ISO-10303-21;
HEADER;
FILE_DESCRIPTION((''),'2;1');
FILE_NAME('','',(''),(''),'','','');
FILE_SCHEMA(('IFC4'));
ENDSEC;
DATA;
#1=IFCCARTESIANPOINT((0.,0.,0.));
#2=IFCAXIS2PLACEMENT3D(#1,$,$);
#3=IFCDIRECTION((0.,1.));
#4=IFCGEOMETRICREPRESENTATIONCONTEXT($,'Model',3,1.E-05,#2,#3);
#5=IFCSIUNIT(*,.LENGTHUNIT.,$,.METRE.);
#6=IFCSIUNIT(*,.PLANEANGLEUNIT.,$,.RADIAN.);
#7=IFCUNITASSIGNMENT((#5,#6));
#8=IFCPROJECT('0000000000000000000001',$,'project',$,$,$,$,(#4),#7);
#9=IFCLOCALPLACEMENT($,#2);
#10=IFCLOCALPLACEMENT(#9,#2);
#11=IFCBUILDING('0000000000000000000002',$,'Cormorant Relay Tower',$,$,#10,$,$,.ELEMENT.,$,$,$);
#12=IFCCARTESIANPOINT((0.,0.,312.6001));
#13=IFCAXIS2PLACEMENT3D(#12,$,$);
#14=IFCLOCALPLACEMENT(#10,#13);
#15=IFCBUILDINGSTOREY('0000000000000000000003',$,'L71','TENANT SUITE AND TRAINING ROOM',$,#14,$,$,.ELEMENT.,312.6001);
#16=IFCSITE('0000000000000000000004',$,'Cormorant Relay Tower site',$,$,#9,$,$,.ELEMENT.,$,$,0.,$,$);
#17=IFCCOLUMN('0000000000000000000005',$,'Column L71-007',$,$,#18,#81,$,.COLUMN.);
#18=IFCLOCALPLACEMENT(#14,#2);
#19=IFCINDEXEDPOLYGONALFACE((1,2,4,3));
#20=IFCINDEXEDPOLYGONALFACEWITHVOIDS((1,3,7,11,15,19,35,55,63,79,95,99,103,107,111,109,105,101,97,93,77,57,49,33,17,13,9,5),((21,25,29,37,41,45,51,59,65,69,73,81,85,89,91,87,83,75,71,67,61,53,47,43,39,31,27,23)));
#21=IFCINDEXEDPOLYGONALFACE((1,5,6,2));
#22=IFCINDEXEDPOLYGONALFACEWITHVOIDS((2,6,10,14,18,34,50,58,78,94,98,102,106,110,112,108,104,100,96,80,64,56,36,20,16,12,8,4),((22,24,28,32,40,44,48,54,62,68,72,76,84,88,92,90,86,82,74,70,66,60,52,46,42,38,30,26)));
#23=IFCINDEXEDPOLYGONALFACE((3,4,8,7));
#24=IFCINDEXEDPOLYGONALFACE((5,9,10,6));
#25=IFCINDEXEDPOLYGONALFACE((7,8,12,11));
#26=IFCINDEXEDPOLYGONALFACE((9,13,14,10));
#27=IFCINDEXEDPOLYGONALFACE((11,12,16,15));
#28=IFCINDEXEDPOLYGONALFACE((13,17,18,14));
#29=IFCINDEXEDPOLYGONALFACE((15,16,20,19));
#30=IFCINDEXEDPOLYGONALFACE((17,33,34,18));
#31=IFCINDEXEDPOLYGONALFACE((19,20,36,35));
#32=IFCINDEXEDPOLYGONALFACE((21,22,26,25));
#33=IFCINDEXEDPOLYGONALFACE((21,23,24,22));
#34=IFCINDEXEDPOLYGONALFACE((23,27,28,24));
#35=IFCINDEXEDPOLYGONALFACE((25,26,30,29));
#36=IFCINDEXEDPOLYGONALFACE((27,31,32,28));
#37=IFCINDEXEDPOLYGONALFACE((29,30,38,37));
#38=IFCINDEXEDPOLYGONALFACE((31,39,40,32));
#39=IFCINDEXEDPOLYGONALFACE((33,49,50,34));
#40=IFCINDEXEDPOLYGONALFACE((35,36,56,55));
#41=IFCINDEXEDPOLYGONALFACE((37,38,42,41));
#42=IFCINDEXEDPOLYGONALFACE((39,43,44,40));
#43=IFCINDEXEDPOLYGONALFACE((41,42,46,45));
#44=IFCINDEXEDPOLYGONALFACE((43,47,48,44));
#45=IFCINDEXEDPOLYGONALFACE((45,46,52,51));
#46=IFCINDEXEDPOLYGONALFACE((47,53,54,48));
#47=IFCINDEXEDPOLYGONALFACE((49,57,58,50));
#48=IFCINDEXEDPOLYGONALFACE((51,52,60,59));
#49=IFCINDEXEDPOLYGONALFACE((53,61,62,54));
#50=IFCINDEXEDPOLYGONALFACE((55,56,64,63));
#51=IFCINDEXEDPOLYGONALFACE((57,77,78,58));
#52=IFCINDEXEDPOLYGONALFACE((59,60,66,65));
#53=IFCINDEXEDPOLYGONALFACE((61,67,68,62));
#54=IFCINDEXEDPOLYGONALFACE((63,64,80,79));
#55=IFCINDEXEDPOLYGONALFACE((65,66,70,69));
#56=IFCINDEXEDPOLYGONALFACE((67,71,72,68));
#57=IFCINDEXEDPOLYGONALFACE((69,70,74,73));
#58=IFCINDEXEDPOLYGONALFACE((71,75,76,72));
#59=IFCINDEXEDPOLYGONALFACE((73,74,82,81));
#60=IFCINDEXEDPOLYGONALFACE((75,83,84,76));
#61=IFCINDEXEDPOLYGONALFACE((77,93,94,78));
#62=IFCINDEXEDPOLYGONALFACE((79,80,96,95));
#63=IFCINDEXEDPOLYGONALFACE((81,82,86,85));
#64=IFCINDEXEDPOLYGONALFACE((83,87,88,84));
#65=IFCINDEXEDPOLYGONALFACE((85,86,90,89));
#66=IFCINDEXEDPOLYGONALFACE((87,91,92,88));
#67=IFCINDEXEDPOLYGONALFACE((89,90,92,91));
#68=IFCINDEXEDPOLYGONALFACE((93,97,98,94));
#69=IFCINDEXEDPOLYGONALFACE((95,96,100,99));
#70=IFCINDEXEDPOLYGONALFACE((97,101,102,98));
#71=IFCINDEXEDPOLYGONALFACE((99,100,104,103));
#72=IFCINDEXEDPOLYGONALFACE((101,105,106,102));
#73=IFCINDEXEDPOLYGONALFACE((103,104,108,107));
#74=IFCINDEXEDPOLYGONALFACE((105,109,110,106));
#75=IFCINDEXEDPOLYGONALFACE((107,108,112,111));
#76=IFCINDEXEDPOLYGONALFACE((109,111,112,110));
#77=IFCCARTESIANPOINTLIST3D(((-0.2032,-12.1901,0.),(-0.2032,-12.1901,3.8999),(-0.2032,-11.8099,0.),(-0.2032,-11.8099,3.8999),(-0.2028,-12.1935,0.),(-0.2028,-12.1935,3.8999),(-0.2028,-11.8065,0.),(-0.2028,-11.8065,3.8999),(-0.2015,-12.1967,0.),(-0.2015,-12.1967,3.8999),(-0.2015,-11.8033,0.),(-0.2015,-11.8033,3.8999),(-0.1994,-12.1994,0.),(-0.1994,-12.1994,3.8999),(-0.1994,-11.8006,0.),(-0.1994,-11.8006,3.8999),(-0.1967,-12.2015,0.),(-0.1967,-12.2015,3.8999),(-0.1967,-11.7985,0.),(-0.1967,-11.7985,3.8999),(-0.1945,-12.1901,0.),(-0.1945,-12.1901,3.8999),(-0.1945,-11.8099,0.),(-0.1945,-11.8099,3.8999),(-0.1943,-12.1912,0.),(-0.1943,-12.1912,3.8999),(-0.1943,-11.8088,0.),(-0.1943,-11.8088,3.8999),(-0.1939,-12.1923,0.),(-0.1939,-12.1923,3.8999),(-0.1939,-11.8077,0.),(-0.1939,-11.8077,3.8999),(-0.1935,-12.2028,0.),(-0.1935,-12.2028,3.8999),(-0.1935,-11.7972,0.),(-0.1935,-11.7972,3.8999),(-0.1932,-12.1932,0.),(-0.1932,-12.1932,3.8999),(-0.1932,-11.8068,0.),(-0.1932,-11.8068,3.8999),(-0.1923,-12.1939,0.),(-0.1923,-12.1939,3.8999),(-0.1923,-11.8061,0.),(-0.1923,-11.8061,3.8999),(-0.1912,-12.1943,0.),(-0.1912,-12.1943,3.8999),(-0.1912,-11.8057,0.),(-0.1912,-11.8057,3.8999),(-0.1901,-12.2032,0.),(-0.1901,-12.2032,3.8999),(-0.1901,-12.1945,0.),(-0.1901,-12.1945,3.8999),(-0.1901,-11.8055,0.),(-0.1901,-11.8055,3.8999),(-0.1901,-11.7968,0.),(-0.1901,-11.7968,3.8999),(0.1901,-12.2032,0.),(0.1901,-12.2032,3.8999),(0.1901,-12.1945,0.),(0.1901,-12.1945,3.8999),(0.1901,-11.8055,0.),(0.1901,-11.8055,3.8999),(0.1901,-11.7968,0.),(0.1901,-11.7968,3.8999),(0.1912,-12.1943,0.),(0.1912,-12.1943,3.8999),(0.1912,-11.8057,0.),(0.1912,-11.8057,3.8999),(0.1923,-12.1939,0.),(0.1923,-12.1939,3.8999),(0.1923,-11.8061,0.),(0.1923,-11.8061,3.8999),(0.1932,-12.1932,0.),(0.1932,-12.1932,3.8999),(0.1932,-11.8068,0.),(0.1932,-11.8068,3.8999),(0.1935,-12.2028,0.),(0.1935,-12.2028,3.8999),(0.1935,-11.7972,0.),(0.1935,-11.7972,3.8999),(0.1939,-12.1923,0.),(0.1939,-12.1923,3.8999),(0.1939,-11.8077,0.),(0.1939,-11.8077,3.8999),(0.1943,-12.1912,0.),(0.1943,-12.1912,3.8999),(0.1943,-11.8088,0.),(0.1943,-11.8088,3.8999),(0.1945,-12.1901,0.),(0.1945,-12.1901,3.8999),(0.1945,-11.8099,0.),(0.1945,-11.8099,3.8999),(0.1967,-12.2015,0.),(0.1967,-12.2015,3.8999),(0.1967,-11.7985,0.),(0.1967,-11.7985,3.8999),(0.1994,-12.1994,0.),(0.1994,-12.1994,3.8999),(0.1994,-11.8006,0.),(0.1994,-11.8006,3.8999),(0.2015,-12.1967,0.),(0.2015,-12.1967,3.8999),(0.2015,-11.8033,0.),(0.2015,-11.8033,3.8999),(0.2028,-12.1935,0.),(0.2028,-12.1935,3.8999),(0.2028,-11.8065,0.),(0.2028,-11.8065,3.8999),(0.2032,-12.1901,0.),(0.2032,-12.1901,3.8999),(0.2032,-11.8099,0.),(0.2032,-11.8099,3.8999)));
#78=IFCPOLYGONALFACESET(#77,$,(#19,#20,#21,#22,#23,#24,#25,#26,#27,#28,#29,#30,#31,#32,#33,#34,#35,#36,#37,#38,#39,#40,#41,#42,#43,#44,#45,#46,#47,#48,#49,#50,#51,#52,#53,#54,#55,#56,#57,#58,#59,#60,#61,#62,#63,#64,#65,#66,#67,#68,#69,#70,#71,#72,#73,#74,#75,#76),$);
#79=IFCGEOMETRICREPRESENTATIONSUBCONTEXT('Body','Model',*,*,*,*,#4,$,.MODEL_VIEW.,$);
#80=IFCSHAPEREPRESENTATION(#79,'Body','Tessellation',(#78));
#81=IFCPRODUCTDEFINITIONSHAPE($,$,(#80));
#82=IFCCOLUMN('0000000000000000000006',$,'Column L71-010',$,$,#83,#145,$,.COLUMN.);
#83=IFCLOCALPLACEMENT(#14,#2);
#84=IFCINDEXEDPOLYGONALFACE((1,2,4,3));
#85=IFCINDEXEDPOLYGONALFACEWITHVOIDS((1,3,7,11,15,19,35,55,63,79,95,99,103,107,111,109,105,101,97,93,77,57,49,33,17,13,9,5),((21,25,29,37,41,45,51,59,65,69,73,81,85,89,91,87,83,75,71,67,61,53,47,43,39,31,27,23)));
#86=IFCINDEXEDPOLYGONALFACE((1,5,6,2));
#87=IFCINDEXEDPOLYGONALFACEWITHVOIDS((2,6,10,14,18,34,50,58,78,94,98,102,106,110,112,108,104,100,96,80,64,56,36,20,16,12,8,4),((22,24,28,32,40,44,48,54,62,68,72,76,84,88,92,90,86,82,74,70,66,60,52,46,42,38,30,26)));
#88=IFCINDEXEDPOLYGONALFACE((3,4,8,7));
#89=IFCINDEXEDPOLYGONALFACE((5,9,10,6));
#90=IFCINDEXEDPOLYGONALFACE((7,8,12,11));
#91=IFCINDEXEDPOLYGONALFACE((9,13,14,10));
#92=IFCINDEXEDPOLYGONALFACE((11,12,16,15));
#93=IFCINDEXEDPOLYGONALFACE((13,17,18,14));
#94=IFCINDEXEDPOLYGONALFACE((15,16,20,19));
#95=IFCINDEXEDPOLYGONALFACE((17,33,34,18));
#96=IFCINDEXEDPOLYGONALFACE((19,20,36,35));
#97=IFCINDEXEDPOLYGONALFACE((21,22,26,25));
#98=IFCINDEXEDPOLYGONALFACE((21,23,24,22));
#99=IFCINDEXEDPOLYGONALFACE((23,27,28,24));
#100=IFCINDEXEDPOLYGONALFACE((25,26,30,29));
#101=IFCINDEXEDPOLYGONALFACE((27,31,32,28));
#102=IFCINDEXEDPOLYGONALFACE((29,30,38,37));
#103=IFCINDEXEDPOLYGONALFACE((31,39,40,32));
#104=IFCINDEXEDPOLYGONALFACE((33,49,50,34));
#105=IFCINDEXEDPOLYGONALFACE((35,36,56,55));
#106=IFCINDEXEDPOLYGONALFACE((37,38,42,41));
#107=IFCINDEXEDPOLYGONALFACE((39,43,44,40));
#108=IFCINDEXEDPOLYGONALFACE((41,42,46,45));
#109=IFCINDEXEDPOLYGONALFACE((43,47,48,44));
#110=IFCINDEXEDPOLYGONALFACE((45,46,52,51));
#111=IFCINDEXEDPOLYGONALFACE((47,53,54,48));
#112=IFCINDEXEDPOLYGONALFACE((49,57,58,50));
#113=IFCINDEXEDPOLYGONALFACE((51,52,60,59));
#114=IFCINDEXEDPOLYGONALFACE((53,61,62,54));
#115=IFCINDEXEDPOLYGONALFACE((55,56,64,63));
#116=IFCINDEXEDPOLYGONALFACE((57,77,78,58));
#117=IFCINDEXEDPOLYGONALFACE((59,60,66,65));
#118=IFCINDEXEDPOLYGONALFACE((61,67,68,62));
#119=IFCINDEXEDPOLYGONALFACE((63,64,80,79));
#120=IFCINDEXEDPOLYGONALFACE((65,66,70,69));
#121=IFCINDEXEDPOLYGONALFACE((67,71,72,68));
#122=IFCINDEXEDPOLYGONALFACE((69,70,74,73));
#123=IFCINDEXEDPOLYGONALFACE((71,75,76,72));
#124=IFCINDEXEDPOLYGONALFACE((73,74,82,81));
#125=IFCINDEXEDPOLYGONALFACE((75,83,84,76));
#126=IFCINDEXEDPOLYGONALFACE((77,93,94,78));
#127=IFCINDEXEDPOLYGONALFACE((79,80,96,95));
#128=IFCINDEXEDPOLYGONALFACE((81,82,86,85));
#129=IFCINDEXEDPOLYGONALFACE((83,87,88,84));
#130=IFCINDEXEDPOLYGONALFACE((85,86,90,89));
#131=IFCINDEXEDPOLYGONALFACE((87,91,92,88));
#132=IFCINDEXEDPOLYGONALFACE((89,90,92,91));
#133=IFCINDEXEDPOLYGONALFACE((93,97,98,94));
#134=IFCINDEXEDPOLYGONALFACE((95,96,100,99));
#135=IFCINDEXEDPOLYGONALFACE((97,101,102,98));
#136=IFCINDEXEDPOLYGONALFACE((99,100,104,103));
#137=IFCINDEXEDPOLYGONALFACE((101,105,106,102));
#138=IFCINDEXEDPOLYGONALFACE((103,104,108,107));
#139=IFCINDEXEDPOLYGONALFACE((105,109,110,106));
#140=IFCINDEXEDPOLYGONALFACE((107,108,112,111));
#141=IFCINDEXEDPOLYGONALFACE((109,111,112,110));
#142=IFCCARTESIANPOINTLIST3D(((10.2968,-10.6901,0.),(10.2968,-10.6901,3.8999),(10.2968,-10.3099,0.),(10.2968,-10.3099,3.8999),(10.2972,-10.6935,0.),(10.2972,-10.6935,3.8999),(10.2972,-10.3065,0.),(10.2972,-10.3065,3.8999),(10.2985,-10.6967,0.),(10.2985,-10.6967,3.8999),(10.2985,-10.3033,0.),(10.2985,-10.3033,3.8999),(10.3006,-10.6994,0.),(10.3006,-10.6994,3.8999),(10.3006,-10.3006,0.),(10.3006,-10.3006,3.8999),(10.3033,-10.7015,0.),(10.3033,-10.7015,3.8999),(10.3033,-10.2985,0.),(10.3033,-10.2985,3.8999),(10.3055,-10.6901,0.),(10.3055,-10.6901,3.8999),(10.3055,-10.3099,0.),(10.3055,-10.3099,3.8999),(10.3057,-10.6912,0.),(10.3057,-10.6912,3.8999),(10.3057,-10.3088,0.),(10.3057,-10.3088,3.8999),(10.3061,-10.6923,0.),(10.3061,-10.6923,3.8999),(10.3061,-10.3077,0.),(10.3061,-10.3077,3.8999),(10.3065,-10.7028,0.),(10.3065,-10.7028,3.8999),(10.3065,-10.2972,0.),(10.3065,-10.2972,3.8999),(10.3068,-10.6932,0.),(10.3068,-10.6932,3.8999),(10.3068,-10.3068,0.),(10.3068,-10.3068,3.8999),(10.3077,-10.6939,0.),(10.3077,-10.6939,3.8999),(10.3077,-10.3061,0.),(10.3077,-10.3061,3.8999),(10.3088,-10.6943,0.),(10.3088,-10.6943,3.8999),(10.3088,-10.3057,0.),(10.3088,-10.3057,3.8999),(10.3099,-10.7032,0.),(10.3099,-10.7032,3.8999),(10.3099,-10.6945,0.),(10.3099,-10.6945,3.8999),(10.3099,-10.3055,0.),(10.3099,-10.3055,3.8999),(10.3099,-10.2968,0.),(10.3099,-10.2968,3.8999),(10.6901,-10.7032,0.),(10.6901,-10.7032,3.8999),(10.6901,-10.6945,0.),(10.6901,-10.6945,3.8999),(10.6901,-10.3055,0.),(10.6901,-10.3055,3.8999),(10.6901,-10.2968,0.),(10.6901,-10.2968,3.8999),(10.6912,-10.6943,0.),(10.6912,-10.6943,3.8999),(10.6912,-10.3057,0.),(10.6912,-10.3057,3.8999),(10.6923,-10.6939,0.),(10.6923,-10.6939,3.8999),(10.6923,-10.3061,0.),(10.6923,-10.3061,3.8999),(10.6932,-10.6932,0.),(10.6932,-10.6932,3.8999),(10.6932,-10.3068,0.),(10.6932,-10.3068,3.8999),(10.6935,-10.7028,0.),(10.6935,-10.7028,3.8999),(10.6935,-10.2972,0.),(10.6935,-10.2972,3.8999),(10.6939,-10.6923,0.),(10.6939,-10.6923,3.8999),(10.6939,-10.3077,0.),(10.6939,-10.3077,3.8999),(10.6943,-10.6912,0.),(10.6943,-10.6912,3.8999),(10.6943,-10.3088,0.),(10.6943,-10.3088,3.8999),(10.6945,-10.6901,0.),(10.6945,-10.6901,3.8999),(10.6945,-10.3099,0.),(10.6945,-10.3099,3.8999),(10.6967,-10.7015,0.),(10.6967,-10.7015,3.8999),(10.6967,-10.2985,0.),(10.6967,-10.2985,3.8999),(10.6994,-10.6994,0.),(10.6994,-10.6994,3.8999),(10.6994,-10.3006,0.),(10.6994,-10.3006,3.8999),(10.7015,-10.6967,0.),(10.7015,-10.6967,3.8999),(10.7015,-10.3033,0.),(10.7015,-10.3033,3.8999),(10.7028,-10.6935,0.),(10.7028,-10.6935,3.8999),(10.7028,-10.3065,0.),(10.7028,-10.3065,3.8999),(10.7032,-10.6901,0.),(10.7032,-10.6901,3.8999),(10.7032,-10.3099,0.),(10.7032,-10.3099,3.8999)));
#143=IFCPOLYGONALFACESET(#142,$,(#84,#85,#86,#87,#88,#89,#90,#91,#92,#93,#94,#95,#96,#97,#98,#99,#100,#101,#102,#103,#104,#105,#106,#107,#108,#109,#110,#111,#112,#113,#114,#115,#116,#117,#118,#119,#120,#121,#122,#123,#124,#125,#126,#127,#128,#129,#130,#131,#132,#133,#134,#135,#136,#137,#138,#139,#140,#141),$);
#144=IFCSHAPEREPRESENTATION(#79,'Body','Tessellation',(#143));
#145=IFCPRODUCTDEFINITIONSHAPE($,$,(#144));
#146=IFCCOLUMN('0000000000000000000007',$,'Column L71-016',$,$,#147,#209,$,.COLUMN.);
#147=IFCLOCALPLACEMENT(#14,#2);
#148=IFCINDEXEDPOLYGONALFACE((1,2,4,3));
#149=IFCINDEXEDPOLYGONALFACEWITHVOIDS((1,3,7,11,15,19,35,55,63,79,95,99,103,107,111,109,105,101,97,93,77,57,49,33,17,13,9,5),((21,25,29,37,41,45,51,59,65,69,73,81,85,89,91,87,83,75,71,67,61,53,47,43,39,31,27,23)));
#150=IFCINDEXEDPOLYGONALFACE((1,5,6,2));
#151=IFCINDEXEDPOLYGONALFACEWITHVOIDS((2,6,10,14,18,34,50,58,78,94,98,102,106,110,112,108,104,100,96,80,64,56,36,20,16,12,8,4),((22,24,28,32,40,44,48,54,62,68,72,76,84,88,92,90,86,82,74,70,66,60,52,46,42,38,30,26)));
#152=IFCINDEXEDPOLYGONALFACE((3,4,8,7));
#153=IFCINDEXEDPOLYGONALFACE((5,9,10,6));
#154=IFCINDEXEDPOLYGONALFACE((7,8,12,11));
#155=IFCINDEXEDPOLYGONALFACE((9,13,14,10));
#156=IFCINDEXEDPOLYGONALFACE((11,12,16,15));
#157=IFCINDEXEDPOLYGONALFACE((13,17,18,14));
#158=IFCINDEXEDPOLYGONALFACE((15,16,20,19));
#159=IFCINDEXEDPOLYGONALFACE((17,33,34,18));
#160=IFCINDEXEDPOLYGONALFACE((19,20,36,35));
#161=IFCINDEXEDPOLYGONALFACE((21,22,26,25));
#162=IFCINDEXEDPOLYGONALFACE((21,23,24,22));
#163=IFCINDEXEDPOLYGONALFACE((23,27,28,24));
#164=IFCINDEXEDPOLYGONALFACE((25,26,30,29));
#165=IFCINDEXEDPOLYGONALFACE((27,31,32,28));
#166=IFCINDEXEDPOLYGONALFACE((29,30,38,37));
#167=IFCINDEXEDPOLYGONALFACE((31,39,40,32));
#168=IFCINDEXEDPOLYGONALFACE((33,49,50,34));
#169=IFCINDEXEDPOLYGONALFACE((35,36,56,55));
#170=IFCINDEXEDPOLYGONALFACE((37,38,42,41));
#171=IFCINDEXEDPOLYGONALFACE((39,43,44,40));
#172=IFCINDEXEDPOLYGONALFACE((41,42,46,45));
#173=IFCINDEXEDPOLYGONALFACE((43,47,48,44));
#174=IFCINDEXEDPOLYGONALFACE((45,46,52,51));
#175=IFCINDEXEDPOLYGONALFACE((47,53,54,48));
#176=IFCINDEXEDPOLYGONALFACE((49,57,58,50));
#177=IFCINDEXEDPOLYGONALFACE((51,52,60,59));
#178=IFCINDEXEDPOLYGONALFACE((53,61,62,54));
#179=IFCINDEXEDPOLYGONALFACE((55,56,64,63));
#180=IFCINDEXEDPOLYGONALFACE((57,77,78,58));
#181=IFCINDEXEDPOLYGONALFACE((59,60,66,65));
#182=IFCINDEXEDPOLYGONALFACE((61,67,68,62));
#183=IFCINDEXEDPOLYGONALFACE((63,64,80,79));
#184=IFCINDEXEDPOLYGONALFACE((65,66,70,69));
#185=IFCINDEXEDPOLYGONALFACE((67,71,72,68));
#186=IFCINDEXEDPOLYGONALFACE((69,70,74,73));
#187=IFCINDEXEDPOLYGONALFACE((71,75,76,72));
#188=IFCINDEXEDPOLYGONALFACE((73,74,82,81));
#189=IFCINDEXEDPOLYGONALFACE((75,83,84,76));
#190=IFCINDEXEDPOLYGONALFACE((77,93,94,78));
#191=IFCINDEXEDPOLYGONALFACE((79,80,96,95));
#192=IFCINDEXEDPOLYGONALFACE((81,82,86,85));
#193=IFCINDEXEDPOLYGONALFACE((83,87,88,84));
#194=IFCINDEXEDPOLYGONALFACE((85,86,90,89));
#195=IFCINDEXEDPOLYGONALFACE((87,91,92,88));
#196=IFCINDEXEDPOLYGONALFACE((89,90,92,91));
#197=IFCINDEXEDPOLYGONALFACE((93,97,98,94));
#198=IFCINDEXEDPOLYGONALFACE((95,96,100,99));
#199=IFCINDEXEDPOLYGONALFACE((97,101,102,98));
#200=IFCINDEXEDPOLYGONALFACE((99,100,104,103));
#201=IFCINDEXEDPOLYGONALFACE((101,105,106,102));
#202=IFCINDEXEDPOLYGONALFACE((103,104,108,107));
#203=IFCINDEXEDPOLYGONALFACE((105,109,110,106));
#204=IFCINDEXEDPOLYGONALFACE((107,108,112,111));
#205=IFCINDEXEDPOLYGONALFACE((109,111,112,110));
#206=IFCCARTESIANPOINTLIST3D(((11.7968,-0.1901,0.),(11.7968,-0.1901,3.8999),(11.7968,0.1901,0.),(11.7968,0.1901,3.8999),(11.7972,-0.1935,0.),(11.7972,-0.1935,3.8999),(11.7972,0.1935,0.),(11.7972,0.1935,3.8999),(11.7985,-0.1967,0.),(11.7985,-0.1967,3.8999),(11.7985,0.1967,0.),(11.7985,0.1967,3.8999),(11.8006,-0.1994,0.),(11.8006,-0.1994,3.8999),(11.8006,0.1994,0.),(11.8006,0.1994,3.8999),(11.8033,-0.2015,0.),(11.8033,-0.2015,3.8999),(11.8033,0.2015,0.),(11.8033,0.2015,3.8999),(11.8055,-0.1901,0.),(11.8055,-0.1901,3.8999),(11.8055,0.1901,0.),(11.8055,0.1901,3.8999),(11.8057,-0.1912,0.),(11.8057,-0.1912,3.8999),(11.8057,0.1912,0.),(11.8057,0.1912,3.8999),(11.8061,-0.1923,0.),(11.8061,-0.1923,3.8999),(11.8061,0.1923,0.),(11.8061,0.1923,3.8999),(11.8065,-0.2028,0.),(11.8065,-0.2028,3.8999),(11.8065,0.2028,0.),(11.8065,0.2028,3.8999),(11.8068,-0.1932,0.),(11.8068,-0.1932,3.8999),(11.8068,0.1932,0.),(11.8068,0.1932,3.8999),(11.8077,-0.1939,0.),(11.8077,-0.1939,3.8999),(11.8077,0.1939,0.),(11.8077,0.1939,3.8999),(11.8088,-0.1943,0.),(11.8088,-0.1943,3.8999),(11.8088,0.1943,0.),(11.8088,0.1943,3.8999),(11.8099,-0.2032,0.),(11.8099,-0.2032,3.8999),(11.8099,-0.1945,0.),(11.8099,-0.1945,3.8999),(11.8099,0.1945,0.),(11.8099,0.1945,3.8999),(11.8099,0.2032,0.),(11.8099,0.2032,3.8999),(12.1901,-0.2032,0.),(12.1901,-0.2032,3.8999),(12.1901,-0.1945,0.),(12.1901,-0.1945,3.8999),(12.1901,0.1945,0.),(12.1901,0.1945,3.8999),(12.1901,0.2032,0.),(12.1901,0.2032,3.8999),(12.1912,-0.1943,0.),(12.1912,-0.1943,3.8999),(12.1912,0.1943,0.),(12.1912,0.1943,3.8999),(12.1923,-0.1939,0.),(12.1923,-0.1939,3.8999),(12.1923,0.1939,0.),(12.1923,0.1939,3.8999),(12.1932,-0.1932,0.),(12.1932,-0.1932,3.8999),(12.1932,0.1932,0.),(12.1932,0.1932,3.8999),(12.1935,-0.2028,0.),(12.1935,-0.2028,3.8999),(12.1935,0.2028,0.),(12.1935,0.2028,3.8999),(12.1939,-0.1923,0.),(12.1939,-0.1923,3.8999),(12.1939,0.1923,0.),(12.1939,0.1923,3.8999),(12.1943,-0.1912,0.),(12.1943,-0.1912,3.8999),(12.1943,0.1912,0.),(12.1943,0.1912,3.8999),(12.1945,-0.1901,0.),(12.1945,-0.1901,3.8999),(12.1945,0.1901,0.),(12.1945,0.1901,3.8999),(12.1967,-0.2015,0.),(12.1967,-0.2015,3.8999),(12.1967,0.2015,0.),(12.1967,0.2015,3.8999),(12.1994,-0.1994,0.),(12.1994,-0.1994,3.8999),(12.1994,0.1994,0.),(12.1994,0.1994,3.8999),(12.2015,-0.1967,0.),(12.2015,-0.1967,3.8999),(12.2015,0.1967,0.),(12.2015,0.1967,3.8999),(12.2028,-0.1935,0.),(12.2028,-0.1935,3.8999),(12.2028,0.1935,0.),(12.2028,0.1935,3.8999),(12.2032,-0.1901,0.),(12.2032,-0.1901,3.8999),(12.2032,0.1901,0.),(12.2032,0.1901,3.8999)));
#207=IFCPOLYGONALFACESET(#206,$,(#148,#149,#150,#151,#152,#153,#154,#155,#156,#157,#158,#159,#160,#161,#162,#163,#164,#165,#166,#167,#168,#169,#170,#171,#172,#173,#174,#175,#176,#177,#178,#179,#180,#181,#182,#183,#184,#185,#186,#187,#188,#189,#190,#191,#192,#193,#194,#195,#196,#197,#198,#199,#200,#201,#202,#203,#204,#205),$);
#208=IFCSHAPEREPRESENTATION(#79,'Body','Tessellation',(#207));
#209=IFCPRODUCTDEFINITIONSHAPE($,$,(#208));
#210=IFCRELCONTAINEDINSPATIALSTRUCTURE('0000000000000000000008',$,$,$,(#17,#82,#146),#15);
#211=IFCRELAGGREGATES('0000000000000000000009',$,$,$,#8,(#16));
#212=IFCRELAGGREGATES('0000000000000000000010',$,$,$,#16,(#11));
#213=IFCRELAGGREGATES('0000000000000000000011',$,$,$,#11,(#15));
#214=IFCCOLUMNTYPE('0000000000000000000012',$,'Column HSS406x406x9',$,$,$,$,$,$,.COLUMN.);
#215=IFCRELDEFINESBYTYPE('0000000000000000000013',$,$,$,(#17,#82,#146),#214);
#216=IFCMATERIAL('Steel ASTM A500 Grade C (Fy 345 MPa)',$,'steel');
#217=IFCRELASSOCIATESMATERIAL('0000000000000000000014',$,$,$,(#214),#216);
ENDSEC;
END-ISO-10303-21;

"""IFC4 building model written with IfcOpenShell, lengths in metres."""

from ifc_helpers import new_model, si_unit, direction, frame, origin, origin_2d, place, context, subcontext, project, spatial, hollow_rectangle, extrude, material, material_profile, profile_set, type_object, element, save


model = new_model("IFC4")

# Units and contexts
model_context = context("Model", 3, precision=1e-05, world=origin(), true_north=direction((0.0, 1.0)))
body_context = subcontext(model_context, "Body", "Model", "MODEL_VIEW")
ifc_project = project(units=[si_unit("LENGTHUNIT", "METRE"), si_unit("PLANEANGLEUNIT", "RADIAN")], contexts=[model_context])

# Site, building, storey
site_placement = place(None, origin())
site = spatial("IfcSite", under=ifc_project, at=site_placement, Name="Cormorant Relay Tower site", CompositionType="ELEMENT", RefElevation=0.0)
building_placement = place(site_placement, origin())
building = spatial("IfcBuilding", under=site, at=building_placement, Name="Cormorant Relay Tower", CompositionType="ELEMENT")
storey_placement = place(building_placement, frame((0.0, 0.0, 312.6001)))
storey = spatial("IfcBuildingStorey", under=building, at=storey_placement, Name="L71", Description="TENANT SUITE AND TRAINING ROOM", CompositionType="ELEMENT", Elevation=312.6001)

# Columns
ifc_material_1 = material(Name="Steel ASTM A500 Grade C (Fy 345 MPa)", Category="steel")
ifc_material_profile = material_profile(ifc_material_1, hollow_rectangle(XDim=0.4065, YDim=0.4065, WallThickness=0.0088, InnerFilletRadius=0.0044, OuterFilletRadius=0.0132, at=origin_2d()), Name="HSS406x406x9")
ifc_profile_set = profile_set([ifc_material_profile], Name="Steel ASTM A500 Grade C (Fy 345 MPa)")
column_type = type_object("IfcColumnType", Name="Column HSS406x406x9", PredefinedType="COLUMN", material=ifc_profile_set)
for number, where, z_axis, x_axis, name in (
    (1, (0.0, -12.0, 0.0), (0.0, 0.0, 1.0), (1.0, 0.0, 0.0), "Column L71-007"),
    (2, (10.5, -10.5, 0.0), (0.0, 0.0, 1.0), (1.0, 0.0, 0.0), "Column L71-010"),
    (3, (12.0, 0.0, 0.0), (0.0, 0.0, 1.0), (1.0, 0.0, 0.0), "Column L71-016"),
):
    element("IfcColumn", number, at=place(storey_placement, frame(where, z_axis=z_axis, x_axis=x_axis)), inside=storey, type_object=column_type, Name=name, PredefinedType="COLUMN", context=body_context, shape_type="SweptSolid", body=[
        extrude(hollow_rectangle(XDim=0.4065, YDim=0.4065, WallThickness=0.0088, InnerFilletRadius=0.0044, OuterFilletRadius=0.0132, at=origin_2d()), origin(), (0.0, 0.0, 1.0), 3.8999),
    ])

save(model, "model.ifc")
